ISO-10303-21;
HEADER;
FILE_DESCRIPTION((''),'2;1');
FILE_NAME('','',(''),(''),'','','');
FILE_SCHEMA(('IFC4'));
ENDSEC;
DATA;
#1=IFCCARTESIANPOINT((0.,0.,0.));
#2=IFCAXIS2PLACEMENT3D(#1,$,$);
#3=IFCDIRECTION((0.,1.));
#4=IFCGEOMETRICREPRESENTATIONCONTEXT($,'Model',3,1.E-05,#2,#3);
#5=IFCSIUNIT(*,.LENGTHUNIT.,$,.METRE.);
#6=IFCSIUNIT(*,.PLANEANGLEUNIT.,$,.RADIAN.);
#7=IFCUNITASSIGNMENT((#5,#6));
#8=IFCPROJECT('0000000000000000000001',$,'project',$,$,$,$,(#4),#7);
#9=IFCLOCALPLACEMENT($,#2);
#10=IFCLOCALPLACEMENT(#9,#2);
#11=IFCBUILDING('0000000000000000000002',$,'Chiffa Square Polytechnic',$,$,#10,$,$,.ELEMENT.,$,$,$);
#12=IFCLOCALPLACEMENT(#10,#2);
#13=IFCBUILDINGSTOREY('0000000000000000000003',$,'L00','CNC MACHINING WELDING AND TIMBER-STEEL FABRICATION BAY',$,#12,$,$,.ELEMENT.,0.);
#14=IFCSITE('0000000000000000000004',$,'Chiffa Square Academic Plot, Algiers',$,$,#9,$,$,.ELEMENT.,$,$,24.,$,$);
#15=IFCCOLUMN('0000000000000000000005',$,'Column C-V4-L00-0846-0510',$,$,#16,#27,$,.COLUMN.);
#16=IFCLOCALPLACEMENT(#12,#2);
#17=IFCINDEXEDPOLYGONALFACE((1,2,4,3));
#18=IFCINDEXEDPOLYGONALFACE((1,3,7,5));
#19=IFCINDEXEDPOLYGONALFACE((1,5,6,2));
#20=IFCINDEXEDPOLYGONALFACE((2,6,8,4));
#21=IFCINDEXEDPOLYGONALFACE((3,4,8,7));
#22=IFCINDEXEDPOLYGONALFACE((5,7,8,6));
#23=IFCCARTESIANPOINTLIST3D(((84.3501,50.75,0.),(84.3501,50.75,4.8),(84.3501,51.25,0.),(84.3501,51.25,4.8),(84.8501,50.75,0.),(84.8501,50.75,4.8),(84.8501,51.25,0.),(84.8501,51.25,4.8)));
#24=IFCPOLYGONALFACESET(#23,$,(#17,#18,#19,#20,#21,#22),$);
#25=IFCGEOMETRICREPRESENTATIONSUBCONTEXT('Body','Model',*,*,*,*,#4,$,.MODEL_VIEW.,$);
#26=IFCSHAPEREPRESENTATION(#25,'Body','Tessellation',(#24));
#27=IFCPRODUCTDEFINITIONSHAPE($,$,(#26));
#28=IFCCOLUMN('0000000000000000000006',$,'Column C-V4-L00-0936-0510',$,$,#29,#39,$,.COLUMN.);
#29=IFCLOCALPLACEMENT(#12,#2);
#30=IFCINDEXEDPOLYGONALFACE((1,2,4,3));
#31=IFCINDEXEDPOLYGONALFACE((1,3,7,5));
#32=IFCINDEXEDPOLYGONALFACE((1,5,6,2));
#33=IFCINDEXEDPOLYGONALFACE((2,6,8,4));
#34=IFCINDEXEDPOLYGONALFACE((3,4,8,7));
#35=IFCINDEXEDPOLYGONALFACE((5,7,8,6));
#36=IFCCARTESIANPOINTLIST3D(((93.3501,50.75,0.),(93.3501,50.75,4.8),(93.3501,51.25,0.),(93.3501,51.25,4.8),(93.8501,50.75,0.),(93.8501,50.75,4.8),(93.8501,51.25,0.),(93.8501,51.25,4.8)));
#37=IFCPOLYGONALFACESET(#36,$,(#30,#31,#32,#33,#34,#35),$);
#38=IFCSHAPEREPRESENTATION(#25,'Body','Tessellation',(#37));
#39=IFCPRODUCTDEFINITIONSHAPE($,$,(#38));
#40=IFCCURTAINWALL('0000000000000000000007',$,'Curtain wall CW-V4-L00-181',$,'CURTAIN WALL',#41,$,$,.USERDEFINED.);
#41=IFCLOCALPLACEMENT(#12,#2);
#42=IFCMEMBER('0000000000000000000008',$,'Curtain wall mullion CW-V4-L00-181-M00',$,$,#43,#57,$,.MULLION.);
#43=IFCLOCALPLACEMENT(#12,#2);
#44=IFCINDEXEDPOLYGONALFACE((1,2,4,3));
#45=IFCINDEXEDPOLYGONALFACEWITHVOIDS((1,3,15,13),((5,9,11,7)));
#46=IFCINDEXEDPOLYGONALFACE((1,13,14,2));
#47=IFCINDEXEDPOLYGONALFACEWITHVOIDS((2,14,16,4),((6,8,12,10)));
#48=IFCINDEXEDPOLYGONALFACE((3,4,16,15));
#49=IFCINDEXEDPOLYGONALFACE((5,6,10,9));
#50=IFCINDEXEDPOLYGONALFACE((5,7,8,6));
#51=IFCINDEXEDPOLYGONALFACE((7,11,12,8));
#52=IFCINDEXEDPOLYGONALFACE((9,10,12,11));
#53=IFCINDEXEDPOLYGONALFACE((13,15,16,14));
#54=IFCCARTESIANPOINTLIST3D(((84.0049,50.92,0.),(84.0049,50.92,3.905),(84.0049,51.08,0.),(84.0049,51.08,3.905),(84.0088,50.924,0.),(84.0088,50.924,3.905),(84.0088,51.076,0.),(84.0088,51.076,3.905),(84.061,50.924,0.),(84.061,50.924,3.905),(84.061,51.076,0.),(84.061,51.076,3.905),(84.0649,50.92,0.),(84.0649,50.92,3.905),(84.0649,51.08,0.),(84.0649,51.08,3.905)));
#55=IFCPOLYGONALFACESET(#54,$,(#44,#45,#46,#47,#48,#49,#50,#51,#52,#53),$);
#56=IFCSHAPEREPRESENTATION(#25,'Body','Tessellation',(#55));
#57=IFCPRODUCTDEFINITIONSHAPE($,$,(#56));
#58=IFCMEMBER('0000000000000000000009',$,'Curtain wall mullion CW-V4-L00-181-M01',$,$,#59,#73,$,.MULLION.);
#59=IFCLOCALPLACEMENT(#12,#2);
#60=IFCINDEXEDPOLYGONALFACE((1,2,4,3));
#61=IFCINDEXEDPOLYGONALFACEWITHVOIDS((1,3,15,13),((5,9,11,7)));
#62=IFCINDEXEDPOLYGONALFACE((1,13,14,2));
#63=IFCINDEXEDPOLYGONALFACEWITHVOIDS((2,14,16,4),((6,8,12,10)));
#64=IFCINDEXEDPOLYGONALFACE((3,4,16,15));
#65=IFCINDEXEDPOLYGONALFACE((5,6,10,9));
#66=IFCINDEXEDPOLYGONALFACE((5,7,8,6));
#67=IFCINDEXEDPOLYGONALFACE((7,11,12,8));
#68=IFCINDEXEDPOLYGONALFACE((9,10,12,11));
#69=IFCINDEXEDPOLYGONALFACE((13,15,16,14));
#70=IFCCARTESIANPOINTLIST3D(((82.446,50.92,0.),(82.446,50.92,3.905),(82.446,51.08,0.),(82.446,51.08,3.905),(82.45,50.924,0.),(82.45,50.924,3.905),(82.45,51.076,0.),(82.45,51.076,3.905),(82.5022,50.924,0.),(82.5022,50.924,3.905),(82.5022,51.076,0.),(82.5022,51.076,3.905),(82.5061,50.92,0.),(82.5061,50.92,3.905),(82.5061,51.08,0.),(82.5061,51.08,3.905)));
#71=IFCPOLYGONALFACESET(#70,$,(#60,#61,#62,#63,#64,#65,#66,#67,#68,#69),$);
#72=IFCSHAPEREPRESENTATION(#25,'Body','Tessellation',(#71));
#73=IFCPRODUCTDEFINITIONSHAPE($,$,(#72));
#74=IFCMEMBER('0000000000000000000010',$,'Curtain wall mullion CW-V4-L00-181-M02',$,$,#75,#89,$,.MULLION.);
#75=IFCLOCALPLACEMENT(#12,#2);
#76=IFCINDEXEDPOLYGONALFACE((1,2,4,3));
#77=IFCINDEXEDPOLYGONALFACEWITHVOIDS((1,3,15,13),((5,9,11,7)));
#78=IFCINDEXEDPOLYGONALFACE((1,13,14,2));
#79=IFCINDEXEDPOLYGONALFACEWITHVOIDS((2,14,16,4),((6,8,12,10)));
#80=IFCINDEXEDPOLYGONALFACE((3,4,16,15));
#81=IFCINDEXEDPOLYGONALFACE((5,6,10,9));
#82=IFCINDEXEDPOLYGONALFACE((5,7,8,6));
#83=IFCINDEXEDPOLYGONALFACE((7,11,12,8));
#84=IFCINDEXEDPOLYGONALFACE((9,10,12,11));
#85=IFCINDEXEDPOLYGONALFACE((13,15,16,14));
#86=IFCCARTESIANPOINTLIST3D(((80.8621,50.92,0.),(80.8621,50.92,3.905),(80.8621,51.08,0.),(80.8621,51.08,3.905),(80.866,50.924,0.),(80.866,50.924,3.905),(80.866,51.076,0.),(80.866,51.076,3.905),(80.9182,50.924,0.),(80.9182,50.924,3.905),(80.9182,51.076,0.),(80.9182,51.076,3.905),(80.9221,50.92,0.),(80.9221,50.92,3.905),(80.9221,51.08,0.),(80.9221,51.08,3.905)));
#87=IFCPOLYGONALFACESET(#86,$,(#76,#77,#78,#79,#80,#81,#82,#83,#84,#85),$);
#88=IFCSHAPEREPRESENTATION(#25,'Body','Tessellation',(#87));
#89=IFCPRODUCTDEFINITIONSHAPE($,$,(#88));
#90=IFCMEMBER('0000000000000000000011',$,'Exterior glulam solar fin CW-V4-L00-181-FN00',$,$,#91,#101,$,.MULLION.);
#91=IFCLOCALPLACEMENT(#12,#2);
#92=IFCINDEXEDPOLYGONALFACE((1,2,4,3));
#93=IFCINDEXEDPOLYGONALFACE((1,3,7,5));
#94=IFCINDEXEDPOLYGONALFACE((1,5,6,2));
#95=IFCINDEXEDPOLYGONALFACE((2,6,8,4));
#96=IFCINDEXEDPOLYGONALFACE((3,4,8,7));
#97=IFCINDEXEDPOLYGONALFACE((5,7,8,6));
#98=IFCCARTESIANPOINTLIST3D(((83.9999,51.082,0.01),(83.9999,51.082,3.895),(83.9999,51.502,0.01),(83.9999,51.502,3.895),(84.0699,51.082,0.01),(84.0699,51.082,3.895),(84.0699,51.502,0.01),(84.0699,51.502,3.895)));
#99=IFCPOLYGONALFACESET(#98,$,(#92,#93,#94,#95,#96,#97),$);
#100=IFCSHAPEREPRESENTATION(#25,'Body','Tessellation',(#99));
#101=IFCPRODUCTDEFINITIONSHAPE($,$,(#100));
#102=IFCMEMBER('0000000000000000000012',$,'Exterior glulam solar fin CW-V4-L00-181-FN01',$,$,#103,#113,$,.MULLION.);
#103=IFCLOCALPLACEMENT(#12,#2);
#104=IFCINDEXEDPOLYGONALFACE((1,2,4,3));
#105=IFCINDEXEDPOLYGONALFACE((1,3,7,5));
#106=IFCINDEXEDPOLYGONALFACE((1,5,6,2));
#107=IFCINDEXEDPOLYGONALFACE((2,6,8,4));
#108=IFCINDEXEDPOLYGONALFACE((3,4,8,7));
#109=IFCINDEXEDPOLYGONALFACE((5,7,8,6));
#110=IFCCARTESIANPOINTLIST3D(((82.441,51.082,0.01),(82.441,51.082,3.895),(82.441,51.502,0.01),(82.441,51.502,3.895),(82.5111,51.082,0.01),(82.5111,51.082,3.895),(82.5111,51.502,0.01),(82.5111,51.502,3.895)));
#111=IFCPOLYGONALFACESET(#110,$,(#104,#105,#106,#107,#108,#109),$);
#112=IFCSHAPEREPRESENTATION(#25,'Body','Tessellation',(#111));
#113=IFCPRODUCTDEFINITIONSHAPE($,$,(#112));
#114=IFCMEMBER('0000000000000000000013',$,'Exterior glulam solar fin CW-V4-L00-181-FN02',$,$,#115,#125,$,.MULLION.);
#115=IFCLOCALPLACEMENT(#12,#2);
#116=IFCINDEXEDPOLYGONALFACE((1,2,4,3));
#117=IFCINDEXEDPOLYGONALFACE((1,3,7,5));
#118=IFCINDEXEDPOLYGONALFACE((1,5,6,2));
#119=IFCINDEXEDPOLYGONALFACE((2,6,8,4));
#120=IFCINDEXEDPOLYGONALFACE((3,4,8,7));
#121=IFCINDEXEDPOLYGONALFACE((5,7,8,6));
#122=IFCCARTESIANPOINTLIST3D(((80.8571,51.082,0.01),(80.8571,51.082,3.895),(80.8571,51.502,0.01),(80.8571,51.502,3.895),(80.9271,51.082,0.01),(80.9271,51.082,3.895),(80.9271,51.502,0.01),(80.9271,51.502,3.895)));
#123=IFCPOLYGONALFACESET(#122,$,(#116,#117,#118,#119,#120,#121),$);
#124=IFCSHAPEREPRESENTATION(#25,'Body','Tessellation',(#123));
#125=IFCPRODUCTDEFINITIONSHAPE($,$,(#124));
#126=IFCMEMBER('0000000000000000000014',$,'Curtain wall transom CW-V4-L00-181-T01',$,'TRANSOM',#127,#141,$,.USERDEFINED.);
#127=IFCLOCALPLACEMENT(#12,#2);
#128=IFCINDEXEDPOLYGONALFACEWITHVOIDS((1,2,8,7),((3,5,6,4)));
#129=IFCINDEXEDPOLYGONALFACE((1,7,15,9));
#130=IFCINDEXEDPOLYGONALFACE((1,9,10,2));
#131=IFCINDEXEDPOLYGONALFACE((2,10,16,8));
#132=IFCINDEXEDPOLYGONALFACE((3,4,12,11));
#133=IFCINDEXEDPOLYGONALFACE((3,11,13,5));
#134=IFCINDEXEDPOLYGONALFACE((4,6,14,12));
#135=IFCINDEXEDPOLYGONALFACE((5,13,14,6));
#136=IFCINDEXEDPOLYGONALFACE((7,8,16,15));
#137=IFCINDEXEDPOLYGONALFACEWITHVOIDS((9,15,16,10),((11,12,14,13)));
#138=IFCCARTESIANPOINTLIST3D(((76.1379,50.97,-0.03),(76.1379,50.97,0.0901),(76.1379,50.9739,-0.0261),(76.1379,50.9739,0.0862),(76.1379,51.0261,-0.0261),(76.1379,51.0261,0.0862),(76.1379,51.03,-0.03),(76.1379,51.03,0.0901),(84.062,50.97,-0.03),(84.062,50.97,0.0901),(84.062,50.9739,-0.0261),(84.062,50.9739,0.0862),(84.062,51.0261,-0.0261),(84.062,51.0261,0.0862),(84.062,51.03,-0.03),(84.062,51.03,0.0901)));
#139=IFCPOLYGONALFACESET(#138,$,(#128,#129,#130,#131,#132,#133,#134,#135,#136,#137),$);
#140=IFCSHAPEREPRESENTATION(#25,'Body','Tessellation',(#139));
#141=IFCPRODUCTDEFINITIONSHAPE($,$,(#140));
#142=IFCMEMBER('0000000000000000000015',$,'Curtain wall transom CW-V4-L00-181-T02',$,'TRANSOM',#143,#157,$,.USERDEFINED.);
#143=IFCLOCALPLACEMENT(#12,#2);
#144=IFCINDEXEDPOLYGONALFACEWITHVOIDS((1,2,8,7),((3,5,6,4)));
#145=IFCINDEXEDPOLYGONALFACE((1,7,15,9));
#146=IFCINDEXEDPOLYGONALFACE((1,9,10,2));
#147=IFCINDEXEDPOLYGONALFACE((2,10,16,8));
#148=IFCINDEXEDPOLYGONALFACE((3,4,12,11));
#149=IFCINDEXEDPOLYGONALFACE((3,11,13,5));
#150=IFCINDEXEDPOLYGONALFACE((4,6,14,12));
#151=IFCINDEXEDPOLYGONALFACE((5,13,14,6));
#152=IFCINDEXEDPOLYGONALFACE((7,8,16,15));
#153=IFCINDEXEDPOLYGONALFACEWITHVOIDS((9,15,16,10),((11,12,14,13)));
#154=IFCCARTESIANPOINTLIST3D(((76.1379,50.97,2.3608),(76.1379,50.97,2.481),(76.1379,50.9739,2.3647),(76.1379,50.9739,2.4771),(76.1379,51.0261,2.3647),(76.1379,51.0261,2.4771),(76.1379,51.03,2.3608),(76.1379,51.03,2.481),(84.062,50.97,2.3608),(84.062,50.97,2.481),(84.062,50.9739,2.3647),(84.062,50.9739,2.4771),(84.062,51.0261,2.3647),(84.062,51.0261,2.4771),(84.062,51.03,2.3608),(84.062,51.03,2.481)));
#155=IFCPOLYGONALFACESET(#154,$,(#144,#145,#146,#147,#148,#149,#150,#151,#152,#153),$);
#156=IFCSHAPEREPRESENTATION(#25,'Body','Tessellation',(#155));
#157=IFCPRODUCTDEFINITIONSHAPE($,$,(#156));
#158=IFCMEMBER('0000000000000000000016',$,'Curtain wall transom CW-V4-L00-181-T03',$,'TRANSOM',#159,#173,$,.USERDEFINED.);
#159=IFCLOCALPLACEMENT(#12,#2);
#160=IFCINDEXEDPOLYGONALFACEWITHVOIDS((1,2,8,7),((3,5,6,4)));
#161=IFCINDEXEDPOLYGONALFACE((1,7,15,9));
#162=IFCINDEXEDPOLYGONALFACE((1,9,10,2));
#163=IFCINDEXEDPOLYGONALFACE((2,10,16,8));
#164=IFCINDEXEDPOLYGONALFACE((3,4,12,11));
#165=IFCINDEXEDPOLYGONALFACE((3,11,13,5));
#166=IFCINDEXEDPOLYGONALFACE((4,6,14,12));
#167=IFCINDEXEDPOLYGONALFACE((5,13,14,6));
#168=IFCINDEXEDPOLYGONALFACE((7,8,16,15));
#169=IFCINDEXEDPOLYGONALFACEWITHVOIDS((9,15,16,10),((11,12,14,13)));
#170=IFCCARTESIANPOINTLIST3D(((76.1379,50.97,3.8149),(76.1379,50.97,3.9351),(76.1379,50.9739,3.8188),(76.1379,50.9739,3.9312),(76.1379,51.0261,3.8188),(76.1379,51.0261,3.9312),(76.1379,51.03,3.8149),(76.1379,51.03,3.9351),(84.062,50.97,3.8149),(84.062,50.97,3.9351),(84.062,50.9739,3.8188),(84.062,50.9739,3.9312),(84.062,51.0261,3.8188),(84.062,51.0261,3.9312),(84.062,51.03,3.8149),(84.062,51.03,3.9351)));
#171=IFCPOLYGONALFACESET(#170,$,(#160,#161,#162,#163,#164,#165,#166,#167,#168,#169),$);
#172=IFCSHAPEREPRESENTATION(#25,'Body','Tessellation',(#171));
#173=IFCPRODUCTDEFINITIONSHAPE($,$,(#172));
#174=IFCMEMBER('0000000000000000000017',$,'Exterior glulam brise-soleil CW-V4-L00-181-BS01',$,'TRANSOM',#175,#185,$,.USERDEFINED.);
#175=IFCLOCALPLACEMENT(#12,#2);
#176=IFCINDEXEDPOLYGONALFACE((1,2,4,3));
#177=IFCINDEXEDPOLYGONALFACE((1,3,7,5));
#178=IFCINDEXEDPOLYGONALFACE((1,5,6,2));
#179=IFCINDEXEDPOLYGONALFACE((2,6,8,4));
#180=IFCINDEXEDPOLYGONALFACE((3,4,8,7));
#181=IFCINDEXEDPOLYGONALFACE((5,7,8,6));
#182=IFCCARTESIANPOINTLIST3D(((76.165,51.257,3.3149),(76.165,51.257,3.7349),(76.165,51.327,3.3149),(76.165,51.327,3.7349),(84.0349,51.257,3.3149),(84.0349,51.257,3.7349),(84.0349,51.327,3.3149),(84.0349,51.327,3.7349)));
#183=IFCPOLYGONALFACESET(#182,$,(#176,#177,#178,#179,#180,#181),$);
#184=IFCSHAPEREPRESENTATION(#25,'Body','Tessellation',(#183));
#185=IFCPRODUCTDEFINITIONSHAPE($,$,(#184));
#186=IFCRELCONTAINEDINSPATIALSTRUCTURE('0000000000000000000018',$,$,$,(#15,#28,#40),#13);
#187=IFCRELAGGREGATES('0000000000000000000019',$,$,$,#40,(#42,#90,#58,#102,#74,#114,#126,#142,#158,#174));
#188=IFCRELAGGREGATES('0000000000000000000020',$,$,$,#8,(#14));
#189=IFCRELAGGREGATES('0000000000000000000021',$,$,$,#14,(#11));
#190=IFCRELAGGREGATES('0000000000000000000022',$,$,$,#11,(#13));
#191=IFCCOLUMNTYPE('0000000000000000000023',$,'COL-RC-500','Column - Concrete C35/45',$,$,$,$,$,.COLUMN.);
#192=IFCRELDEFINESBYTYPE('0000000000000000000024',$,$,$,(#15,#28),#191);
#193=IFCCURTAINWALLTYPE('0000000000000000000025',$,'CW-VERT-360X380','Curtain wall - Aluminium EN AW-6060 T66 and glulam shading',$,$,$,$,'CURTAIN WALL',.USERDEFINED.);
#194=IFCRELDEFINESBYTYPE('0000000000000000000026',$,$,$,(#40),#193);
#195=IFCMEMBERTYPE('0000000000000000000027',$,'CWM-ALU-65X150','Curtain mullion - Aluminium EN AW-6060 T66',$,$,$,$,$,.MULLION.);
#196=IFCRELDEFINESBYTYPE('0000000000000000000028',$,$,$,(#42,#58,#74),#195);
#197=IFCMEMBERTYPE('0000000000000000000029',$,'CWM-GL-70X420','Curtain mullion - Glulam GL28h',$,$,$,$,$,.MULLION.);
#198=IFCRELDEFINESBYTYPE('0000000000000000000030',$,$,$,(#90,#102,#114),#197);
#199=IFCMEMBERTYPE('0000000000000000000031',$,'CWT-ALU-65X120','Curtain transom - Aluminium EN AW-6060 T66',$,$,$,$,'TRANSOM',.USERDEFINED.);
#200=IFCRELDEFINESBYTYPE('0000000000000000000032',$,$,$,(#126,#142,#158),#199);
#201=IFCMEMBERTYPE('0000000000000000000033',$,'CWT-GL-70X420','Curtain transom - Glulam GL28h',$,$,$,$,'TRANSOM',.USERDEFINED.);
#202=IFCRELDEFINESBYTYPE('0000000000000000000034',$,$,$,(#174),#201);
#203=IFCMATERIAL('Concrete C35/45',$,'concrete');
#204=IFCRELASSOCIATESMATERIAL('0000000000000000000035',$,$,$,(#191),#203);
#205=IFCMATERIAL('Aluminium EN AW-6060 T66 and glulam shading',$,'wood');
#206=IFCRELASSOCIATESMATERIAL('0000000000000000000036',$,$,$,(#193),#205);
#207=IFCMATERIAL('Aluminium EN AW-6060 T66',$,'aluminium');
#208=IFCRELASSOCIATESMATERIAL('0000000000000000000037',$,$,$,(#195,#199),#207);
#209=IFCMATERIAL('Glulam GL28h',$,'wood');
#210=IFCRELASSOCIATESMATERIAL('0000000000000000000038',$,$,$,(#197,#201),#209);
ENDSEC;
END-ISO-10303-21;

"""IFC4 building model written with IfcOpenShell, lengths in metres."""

from ifc_helpers import new_model, si_unit, direction, frame, origin, origin_2d, place, context, subcontext, project, spatial, rectangle, hollow_rectangle, extrude, material, material_profile, profile_set, type_object, element, aggregate, save


model = new_model("IFC4")

# Units and contexts
model_context = context("Model", 3, precision=1e-05, world=origin(), true_north=direction((0.0, 1.0)))
body_context = subcontext(model_context, "Body", "Model", "MODEL_VIEW")
ifc_project = project(units=[si_unit("LENGTHUNIT", "METRE"), si_unit("PLANEANGLEUNIT", "RADIAN")], contexts=[model_context])

# Site, building, storey
site_placement = place(None, origin())
site = spatial("IfcSite", under=ifc_project, at=site_placement, Name="Chiffa Square Academic Plot, Algiers", CompositionType="ELEMENT", RefElevation=24.0)
building_placement = place(site_placement, origin())
building = spatial("IfcBuilding", under=site, at=building_placement, Name="Chiffa Square Polytechnic", CompositionType="ELEMENT")
storey_placement = place(building_placement, origin())
storey = spatial("IfcBuildingStorey", under=building, at=storey_placement, Name="L00", Description="CNC MACHINING WELDING AND TIMBER-STEEL FABRICATION BAY", CompositionType="ELEMENT", Elevation=0.0)

# Columns
ifc_material_1 = material(Name="Concrete C35/45", Category="concrete")
ifc_material_profile_1 = material_profile(ifc_material_1, rectangle(XDim=0.5, YDim=0.5, at=origin_2d()), Name="RC 500x500")
ifc_profile_set_1 = profile_set([ifc_material_profile_1], Name="Concrete C35/45")
column_type = type_object("IfcColumnType", Name="COL-RC-500", Description="Column - Concrete C35/45", PredefinedType="COLUMN", material=ifc_profile_set_1)
for number, where, z_axis, x_axis, name in (
    (1, (84.6001, 51.0, 0.0), (0.0, 0.0, 1.0), (1.0, 0.0, 0.0), "Column C-V4-L00-0846-0510"),
    (2, (93.6001, 51.0, 0.0), (0.0, 0.0, 1.0), (1.0, 0.0, 0.0), "Column C-V4-L00-0936-0510"),
):
    element("IfcColumn", number, at=place(storey_placement, frame(where, z_axis=z_axis, x_axis=x_axis)), inside=storey, type_object=column_type, Name=name, PredefinedType="COLUMN", context=body_context, shape_type="SweptSolid", body=[
        extrude(rectangle(XDim=0.5, YDim=0.5, at=origin_2d()), origin(), (0.0, 0.0, 1.0), 4.8),
    ])

# Curtain wall, members
ifc_material_2 = material(Name="Aluminium EN AW-6060 T66 and glulam shading", Category="wood")
curtain_wall_type = type_object("IfcCurtainWallType", Name="CW-VERT-360X380", Description="Curtain wall - Aluminium EN AW-6060 T66 and glulam shading", ElementType="CURTAIN WALL", PredefinedType="USERDEFINED", material=ifc_material_2)
curtain_wall_placement = place(storey_placement, origin())
curtain_wall = element("IfcCurtainWall", 3, at=curtain_wall_placement, inside=storey, type_object=curtain_wall_type, Name="Curtain wall CW-V4-L00-181", ObjectType="CURTAIN WALL", PredefinedType="USERDEFINED")
ifc_material_3 = material(Name="Aluminium EN AW-6060 T66", Category="aluminium")
ifc_material_profile_2 = material_profile(ifc_material_3, hollow_rectangle(XDim=0.0601, YDim=0.1599, WallThickness=0.0039, at=origin_2d()), Name="ALU 60x160x4")
ifc_profile_set_2 = profile_set([ifc_material_profile_2], Name="Aluminium EN AW-6060 T66")
member_type_1 = type_object("IfcMemberType", Name="CWM-ALU-65X150", Description="Curtain mullion - Aluminium EN AW-6060 T66", PredefinedType="MULLION", material=ifc_profile_set_2)
member_1_placement = place(storey_placement, frame((84.0349, 51.0, 0.0), z_axis=(0.0, 0.0, 1.0), x_axis=(1.0, 0.0, 0.0)))
member_1 = element("IfcMember", 4, at=member_1_placement, type_object=member_type_1, Name="Curtain wall mullion CW-V4-L00-181-M00", PredefinedType="MULLION", context=body_context, shape_type="SweptSolid", body=[
    extrude(hollow_rectangle(XDim=0.0601, YDim=0.1599, WallThickness=0.0039, at=origin_2d()), origin(), (0.0, 0.0, 1.0), 3.905),
])
member_2_placement = place(storey_placement, frame((82.4761, 51.0, 0.0), z_axis=(0.0, 0.0, 1.0), x_axis=(1.0, 0.0, 0.0)))
member_2 = element("IfcMember", 5, at=member_2_placement, type_object=member_type_1, Name="Curtain wall mullion CW-V4-L00-181-M01", PredefinedType="MULLION", context=body_context, shape_type="SweptSolid", body=[
    extrude(hollow_rectangle(XDim=0.0601, YDim=0.1599, WallThickness=0.0039, at=origin_2d()), origin(), (0.0, 0.0, 1.0), 3.905),
])
member_3_placement = place(storey_placement, frame((80.8921, 51.0, 0.0), z_axis=(0.0, 0.0, 1.0), x_axis=(1.0, 0.0, 0.0)))
member_3 = element("IfcMember", 6, at=member_3_placement, type_object=member_type_1, Name="Curtain wall mullion CW-V4-L00-181-M02", PredefinedType="MULLION", context=body_context, shape_type="SweptSolid", body=[
    extrude(hollow_rectangle(XDim=0.0601, YDim=0.1599, WallThickness=0.0039, at=origin_2d()), origin(), (0.0, 0.0, 1.0), 3.905),
])
ifc_material_4 = material(Name="Glulam GL28h", Category="wood")
ifc_material_profile_3 = material_profile(ifc_material_4, rectangle(XDim=0.0701, YDim=0.4199, at=origin_2d()), Name="GL28h 70x420")
ifc_profile_set_3 = profile_set([ifc_material_profile_3], Name="Glulam GL28h")
member_type_2 = type_object("IfcMemberType", Name="CWM-GL-70X420", Description="Curtain mullion - Glulam GL28h", PredefinedType="MULLION", material=ifc_profile_set_3)
member_4_placement = place(storey_placement, frame((84.0349, 51.292, 0.01), z_axis=(0.0, 0.0, 1.0), x_axis=(-1.0, 0.0, 0.0)))
member_4 = element("IfcMember", 7, at=member_4_placement, type_object=member_type_2, Name="Exterior glulam solar fin CW-V4-L00-181-FN00", PredefinedType="MULLION", context=body_context, shape_type="SweptSolid", body=[
    extrude(rectangle(XDim=0.0701, YDim=0.4199, at=origin_2d()), origin(), (0.0, 0.0, 1.0), 3.885),
])
member_5_placement = place(storey_placement, frame((82.4761, 51.292, 0.01), z_axis=(0.0, 0.0, 1.0), x_axis=(-1.0, 0.0, 0.0)))
member_5 = element("IfcMember", 8, at=member_5_placement, type_object=member_type_2, Name="Exterior glulam solar fin CW-V4-L00-181-FN01", PredefinedType="MULLION", context=body_context, shape_type="SweptSolid", body=[
    extrude(rectangle(XDim=0.0701, YDim=0.4199, at=origin_2d()), origin(), (0.0, 0.0, 1.0), 3.885),
])
member_6_placement = place(storey_placement, frame((80.8921, 51.292, 0.01), z_axis=(0.0, 0.0, 1.0), x_axis=(-1.0, 0.0, 0.0)))
member_6 = element("IfcMember", 9, at=member_6_placement, type_object=member_type_2, Name="Exterior glulam solar fin CW-V4-L00-181-FN02", PredefinedType="MULLION", context=body_context, shape_type="SweptSolid", body=[
    extrude(rectangle(XDim=0.0701, YDim=0.4199, at=origin_2d()), origin(), (0.0, 0.0, 1.0), 3.885),
])
ifc_material_profile_4 = material_profile(ifc_material_3, hollow_rectangle(XDim=0.0601, YDim=0.1201, WallThickness=0.0039, at=origin_2d()), Name="ALU 60x120x4")
ifc_profile_set_4 = profile_set([ifc_material_profile_4], Name="Aluminium EN AW-6060 T66")
member_type_3 = type_object("IfcMemberType", Name="CWT-ALU-65X120", Description="Curtain transom - Aluminium EN AW-6060 T66", ElementType="TRANSOM", PredefinedType="USERDEFINED", material=ifc_profile_set_4)
member_7_placement = place(storey_placement, frame((84.062, 51.0, 0.03), z_axis=(-1.0, 0.0, 0.0), x_axis=(0.0, -1.0, 0.0)))
member_7 = element("IfcMember", 10, at=member_7_placement, type_object=member_type_3, Name="Curtain wall transom CW-V4-L00-181-T01", ObjectType="TRANSOM", PredefinedType="USERDEFINED", context=body_context, shape_type="SweptSolid", body=[
    extrude(hollow_rectangle(XDim=0.0601, YDim=0.1201, WallThickness=0.0039, at=origin_2d()), origin(), (0.0, 0.0, 1.0), 7.9241),
])
member_8_placement = place(storey_placement, frame((84.062, 51.0, 2.4209), z_axis=(-1.0, 0.0, 0.0), x_axis=(0.0, -1.0, 0.0)))
member_8 = element("IfcMember", 11, at=member_8_placement, type_object=member_type_3, Name="Curtain wall transom CW-V4-L00-181-T02", ObjectType="TRANSOM", PredefinedType="USERDEFINED", context=body_context, shape_type="SweptSolid", body=[
    extrude(hollow_rectangle(XDim=0.0601, YDim=0.1201, WallThickness=0.0039, at=origin_2d()), origin(), (0.0, 0.0, 1.0), 7.9241),
])
member_9_placement = place(storey_placement, frame((84.062, 51.0, 3.875), z_axis=(-1.0, 0.0, 0.0), x_axis=(0.0, -1.0, 0.0)))
member_9 = element("IfcMember", 12, at=member_9_placement, type_object=member_type_3, Name="Curtain wall transom CW-V4-L00-181-T03", ObjectType="TRANSOM", PredefinedType="USERDEFINED", context=body_context, shape_type="SweptSolid", body=[
    extrude(hollow_rectangle(XDim=0.0601, YDim=0.1201, WallThickness=0.0039, at=origin_2d()), origin(), (0.0, 0.0, 1.0), 7.9241),
])
ifc_material_profile_5 = material_profile(ifc_material_4, rectangle(XDim=0.0701, YDim=0.4199, at=origin_2d()), Name="GL28h 70x420")
ifc_profile_set_5 = profile_set([ifc_material_profile_5], Name="Glulam GL28h")
member_type_4 = type_object("IfcMemberType", Name="CWT-GL-70X420", Description="Curtain transom - Glulam GL28h", ElementType="TRANSOM", PredefinedType="USERDEFINED", material=ifc_profile_set_5)
member_10_placement = place(storey_placement, frame((84.0349, 51.292, 3.5249), z_axis=(-1.0, 0.0, 0.0), x_axis=(0.0, -1.0, 0.0)))
member_10 = element("IfcMember", 13, at=member_10_placement, type_object=member_type_4, Name="Exterior glulam brise-soleil CW-V4-L00-181-BS01", ObjectType="TRANSOM", PredefinedType="USERDEFINED", context=body_context, shape_type="SweptSolid", body=[
    extrude(rectangle(XDim=0.0701, YDim=0.4199, at=origin_2d()), origin(), (0.0, 0.0, 1.0), 7.8699),
])

aggregate(curtain_wall, [member_1, member_4, member_2, member_5, member_3, member_6, member_7, member_8, member_9, member_10])

save(model, "model.ifc")
